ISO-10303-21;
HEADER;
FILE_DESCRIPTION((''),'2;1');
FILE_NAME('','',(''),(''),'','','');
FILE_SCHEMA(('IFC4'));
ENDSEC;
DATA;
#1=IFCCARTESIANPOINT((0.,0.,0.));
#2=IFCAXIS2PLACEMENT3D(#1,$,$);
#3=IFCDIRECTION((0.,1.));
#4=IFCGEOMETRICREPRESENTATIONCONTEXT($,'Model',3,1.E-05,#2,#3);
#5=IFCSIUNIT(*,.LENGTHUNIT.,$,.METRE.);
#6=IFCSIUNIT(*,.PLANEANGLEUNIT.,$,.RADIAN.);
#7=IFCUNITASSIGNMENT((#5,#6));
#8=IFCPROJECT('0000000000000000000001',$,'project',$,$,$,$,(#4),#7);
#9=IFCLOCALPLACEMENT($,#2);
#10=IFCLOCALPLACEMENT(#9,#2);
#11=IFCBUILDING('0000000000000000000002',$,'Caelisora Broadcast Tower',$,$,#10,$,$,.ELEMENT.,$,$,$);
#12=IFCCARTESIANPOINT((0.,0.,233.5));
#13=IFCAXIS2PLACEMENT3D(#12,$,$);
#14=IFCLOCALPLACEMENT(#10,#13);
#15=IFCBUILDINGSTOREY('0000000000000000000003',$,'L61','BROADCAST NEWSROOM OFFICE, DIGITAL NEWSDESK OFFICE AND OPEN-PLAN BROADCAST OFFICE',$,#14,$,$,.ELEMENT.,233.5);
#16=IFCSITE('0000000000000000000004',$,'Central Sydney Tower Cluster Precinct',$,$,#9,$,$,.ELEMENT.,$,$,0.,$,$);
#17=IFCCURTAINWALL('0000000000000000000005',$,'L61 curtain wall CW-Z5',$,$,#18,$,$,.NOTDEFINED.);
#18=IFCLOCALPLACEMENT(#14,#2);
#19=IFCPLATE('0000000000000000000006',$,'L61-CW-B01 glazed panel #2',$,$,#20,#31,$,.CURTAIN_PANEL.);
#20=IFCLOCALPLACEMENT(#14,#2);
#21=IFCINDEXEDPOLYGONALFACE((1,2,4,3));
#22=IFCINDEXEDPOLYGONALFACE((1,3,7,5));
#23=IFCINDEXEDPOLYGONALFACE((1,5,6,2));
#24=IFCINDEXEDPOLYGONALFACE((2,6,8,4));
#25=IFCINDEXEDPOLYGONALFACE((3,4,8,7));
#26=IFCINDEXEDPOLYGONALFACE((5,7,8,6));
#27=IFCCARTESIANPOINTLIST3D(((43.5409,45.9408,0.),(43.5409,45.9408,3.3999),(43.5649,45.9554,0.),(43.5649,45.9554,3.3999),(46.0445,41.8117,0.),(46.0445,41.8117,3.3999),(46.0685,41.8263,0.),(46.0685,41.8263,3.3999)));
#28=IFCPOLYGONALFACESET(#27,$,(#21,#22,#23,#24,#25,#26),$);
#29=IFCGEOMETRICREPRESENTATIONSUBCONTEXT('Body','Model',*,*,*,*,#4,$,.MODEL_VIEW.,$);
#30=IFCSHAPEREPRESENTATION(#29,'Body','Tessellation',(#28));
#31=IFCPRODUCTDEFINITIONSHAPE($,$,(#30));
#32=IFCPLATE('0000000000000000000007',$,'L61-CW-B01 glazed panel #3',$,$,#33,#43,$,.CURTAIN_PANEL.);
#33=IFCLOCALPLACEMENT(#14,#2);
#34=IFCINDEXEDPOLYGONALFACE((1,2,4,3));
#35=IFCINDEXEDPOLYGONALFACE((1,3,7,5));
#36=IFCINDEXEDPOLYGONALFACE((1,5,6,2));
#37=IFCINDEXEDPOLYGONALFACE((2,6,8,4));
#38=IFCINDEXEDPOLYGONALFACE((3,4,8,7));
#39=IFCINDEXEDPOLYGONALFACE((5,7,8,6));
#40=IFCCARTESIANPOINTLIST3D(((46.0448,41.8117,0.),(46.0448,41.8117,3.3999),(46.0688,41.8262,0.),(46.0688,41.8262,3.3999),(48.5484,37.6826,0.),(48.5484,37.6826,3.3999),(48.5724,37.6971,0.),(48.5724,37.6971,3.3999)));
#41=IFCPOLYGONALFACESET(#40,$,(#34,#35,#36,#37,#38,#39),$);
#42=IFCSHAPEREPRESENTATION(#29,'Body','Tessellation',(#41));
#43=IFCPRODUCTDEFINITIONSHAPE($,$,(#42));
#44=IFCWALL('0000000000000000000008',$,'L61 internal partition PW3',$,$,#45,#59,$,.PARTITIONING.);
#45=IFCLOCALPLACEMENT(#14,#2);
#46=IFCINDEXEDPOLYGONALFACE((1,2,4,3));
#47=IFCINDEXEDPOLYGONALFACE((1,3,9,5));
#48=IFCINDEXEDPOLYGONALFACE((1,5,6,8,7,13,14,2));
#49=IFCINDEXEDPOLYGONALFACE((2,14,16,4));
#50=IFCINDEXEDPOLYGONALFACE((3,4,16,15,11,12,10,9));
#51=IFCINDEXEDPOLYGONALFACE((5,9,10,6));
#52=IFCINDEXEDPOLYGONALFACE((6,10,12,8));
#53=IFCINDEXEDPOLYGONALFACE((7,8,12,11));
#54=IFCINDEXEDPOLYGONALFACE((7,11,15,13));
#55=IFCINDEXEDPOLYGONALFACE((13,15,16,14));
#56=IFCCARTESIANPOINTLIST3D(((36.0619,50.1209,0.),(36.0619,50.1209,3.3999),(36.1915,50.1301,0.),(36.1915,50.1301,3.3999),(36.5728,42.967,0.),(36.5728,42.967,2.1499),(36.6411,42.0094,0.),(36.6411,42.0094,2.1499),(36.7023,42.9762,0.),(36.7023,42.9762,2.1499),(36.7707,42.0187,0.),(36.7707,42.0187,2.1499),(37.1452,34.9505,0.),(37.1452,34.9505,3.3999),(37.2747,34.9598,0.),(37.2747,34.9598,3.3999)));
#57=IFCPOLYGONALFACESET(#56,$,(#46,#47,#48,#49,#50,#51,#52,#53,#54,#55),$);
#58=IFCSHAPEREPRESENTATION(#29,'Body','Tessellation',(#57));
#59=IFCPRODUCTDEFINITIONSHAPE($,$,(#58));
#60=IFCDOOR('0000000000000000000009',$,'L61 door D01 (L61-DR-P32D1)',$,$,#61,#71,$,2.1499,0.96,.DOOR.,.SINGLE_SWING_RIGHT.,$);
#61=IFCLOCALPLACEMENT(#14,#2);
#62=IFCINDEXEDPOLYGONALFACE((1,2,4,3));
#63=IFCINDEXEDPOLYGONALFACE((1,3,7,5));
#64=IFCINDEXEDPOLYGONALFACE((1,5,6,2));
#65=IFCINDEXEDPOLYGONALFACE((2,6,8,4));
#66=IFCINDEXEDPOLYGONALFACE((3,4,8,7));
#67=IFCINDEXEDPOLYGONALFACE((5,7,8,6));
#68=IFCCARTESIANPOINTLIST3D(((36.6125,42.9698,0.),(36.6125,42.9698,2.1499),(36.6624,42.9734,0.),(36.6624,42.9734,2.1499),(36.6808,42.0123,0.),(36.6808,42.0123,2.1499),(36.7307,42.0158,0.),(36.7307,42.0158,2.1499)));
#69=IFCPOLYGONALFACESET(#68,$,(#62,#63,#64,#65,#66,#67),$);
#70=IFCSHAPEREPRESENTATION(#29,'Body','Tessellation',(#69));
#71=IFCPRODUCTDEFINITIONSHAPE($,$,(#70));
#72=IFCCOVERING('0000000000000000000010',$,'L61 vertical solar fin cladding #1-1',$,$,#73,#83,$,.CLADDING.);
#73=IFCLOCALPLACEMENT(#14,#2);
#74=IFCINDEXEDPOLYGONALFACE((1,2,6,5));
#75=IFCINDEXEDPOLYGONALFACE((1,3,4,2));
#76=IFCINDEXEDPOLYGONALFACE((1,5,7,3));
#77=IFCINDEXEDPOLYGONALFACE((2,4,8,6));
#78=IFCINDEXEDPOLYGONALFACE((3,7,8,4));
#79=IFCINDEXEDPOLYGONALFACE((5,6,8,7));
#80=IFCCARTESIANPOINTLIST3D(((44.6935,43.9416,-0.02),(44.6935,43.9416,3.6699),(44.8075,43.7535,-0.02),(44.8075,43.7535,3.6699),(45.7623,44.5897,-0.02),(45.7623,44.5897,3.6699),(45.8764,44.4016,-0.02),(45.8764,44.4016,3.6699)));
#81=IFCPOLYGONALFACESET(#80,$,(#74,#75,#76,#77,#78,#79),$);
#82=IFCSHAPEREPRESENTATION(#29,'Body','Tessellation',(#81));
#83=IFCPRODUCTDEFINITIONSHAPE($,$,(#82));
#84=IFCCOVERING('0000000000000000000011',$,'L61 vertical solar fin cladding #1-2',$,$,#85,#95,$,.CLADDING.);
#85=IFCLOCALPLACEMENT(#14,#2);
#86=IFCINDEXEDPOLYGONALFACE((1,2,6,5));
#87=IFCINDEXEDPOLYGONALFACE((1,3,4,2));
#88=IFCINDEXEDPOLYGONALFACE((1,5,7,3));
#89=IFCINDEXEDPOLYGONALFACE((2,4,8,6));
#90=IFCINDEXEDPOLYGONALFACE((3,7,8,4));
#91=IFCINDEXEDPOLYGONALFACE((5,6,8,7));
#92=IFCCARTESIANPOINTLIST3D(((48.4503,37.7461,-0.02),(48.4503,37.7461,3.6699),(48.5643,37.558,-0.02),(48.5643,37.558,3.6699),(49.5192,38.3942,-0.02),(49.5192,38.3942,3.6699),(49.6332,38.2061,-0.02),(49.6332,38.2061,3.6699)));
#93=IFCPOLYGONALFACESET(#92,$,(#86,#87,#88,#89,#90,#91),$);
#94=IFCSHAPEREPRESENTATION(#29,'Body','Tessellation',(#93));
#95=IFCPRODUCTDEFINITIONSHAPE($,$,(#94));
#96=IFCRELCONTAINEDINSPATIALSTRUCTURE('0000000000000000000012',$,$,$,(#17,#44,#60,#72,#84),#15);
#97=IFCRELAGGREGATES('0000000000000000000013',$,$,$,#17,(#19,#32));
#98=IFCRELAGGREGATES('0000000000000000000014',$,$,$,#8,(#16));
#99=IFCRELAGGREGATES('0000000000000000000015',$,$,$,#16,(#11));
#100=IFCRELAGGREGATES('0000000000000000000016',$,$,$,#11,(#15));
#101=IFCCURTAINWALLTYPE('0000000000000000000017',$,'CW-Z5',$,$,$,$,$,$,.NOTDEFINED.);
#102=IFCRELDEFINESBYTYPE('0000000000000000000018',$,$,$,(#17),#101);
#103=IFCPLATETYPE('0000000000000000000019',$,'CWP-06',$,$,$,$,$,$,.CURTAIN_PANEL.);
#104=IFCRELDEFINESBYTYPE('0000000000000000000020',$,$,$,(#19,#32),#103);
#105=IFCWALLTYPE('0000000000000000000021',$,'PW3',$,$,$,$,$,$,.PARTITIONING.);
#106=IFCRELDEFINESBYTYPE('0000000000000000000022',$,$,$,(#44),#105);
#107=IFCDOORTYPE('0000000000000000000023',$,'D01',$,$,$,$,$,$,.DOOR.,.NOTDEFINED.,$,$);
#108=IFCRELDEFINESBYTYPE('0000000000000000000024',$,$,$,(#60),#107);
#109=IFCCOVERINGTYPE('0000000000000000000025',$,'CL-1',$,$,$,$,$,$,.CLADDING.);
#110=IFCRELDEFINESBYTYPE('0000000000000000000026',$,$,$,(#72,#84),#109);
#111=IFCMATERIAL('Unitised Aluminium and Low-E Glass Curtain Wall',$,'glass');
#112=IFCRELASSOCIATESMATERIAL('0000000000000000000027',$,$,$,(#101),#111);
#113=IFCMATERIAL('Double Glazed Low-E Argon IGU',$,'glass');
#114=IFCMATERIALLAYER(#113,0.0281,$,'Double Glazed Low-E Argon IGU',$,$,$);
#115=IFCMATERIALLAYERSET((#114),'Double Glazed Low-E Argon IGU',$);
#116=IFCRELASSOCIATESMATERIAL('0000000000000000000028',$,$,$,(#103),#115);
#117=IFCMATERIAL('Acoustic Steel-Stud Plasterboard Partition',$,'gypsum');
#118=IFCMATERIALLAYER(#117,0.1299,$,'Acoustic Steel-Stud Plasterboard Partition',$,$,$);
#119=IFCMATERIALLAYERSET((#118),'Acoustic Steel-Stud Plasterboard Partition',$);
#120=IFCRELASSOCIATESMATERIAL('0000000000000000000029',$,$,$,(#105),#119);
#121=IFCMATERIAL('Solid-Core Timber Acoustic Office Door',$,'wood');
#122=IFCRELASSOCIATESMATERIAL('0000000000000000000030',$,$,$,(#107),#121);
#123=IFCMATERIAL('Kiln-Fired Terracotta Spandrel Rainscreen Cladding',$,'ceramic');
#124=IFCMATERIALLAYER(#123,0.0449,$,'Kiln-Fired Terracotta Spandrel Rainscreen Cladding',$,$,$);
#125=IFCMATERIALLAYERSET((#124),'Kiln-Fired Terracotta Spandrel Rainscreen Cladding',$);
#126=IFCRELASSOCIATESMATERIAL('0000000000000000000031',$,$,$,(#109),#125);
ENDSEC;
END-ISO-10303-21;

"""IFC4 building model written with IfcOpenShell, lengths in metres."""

from ifc_helpers import new_model, si_unit, direction, frame, frame_2d, origin, origin_2d, place, context, subcontext, project, spatial, rectangle, extrude, source, transform, mapped, material, layer, layer_set, type_object, type_shapes, element, fill, aggregate, save


model = new_model("IFC4")

# Units and contexts
model_context = context("Model", 3, precision=1e-05, world=origin(), true_north=direction((0.0, 1.0)))
body_context = subcontext(model_context, "Body", "Model", "MODEL_VIEW")
ifc_project = project(units=[si_unit("LENGTHUNIT", "METRE"), si_unit("PLANEANGLEUNIT", "RADIAN")], contexts=[model_context])

# Site, building, storey
site_placement = place(None, origin())
site = spatial("IfcSite", under=ifc_project, at=site_placement, Name="Central Sydney Tower Cluster Precinct", CompositionType="ELEMENT", RefElevation=0.0)
building_placement = place(site_placement, origin())
building = spatial("IfcBuilding", under=site, at=building_placement, Name="Caelisora Broadcast Tower", CompositionType="ELEMENT")
storey_placement = place(building_placement, frame((0.0, 0.0, 233.5)))
storey = spatial("IfcBuildingStorey", under=building, at=storey_placement, Name="L61", Description="BROADCAST NEWSROOM OFFICE, DIGITAL NEWSDESK OFFICE AND OPEN-PLAN BROADCAST OFFICE", CompositionType="ELEMENT", Elevation=233.5)

# Curtain wall
ifc_material_1 = material(Name="Unitised Aluminium and Low-E Glass Curtain Wall", Category="glass")
curtain_wall_type_1 = type_object("IfcCurtainWallType", Name="CW-Z5", PredefinedType="NOTDEFINED", material=ifc_material_1)
curtain_wall_1_placement = place(storey_placement, origin())
curtain_wall_1 = element("IfcCurtainWall", 1, at=curtain_wall_1_placement, inside=storey, type_object=curtain_wall_type_1, Name="L61 curtain wall CW-Z5", PredefinedType="NOTDEFINED")

# Plates
ifc_material_2 = material(Name="Double Glazed Low-E Argon IGU", Category="glass")
ifc_layer_1 = layer(ifc_material_2, 0.0281, Name="Double Glazed Low-E Argon IGU")
ifc_layer_set_1 = layer_set([ifc_layer_1], Name="Double Glazed Low-E Argon IGU")
plate_type_1 = type_object("IfcPlateType", Name="CWP-06", PredefinedType="CURTAIN_PANEL", material=ifc_layer_set_1)
shared_shape_1 = source(origin(), body_context, "Body", "SweptSolid", [
    extrude(rectangle(XDim=4.8289, YDim=0.0281, at=origin_2d()), origin(), (0.0, 0.0, 1.0), 3.3999),
])
type_shapes(plate_type_1, [shared_shape_1])
plate_1_placement = place(storey_placement, frame((44.8047, 43.8835, 0.0), z_axis=(0.0, 0.0, 1.0), x_axis=(0.518475, -0.855093, 0.0)))
plate_1 = element("IfcPlate", 2, at=plate_1_placement, type_object=plate_type_1, Name="L61-CW-B01 glazed panel #2", PredefinedType="CURTAIN_PANEL", context=body_context, shape_type="MappedRepresentation", body=[
    mapped(shared_shape_1, transform((0.0, 0.0, 0.0), scale=1.0)),
])
plate_2_placement = place(storey_placement, frame((47.3086, 39.7544, 0.0), z_axis=(0.0, 0.0, 1.0), x_axis=(0.518475, -0.855093, 0.0)))
plate_2 = element("IfcPlate", 3, at=plate_2_placement, type_object=plate_type_1, Name="L61-CW-B01 glazed panel #3", PredefinedType="CURTAIN_PANEL", context=body_context, shape_type="MappedRepresentation", body=[
    mapped(shared_shape_1, transform((0.0, 0.0, 0.0), scale=1.0)),
])
aggregate(curtain_wall_1, [plate_1, plate_2])

# Wall, opening, door
ifc_material_3 = material(Name="Acoustic Steel-Stud Plasterboard Partition", Category="gypsum")
ifc_layer_2 = layer(ifc_material_3, 0.1299, Name="Acoustic Steel-Stud Plasterboard Partition")
ifc_layer_set_2 = layer_set([ifc_layer_2], Name="Acoustic Steel-Stud Plasterboard Partition")
wall_type = type_object("IfcWallType", Name="PW3", PredefinedType="PARTITIONING", material=ifc_layer_set_2)
wall_placement = place(storey_placement, frame((36.1267, 50.1255, 0.0), z_axis=(0.0, 0.0, 1.0), x_axis=(0.071224, -0.99746, 0.0)))
wall = element("IfcWall", 4, at=wall_placement, inside=storey, type_object=wall_type, Name="L61 internal partition PW3", PredefinedType="PARTITIONING", context=body_context, shape_type="SweptSolid", body=[
    extrude(rectangle(XDim=15.209, YDim=0.1299, at=frame_2d((7.6045, 0.0))), origin(), (0.0, 0.0, 1.0), 3.3999),
])
opening_placement = place(wall_placement, frame((7.1721, 0.0, 0.0)))
opening = element("IfcOpeningElement", 5, at=opening_placement, cuts=wall, PredefinedType="OPENING", context=body_context, shape_type="SweptSolid", body=[
    extrude(rectangle(XDim=0.96, YDim=2.1499, at=frame_2d((0.48, 1.075))), frame((0.0, 0.0769, 0.0), z_axis=(0.0, -1.0, 0.0), x_axis=(1.0, 0.0, 0.0)), (0.0, 0.0, 1.0), 0.1538),
])
ifc_material_4 = material(Name="Solid-Core Timber Acoustic Office Door", Category="wood")
door_type = type_object("IfcDoorType", Name="D01", OperationType="NOTDEFINED", PredefinedType="DOOR", material=ifc_material_4)
door_placement = place(opening_placement, origin())
door = element("IfcDoor", 6, at=door_placement, inside=storey, type_object=door_type, Name="L61 door D01 (L61-DR-P32D1)", OperationType="SINGLE_SWING_RIGHT", OverallHeight=2.1499, OverallWidth=0.96, PredefinedType="DOOR", context=body_context, shape_type="SweptSolid", body=[
    extrude(rectangle(XDim=0.96, YDim=2.1499, at=frame_2d((0.48, 1.075))), frame((0.0, 0.0249, 0.0), z_axis=(0.0, -1.0, 0.0), x_axis=(1.0, 0.0, 0.0)), (0.0, 0.0, 1.0), 0.05),
])
fill(opening, door)

# Coverings
ifc_material_5 = material(Name="Kiln-Fired Terracotta Spandrel Rainscreen Cladding", Category="ceramic")
ifc_layer_3 = layer(ifc_material_5, 0.0449, Name="Kiln-Fired Terracotta Spandrel Rainscreen Cladding")
ifc_layer_set_3 = layer_set([ifc_layer_3], Name="Kiln-Fired Terracotta Spandrel Rainscreen Cladding")
covering_type = type_object("IfcCoveringType", Name="CL-1", PredefinedType="CLADDING", material=ifc_layer_set_3)
shared_shape_2 = source(origin(), body_context, "Body", "SweptSolid", [
    extrude(rectangle(XDim=0.22, YDim=1.25, at=origin_2d()), origin(), (0.0, 0.0, 1.0), 3.6899),
])
type_shapes(covering_type, [shared_shape_2])
for number, where, z_axis, x_axis, name in (
    (7, (45.2849, 44.1716, -0.02), (0.0, 0.0, 1.0), (0.518475, -0.855093, 0.0), "L61 vertical solar fin cladding #1-1"),
    (8, (49.0417, 37.9761, -0.02), (0.0, 0.0, 1.0), (0.518475, -0.855093, 0.0), "L61 vertical solar fin cladding #1-2"),
):
    element("IfcCovering", number, at=place(storey_placement, frame(where, z_axis=z_axis, x_axis=x_axis)), inside=storey, type_object=covering_type, Name=name, PredefinedType="CLADDING", context=body_context, shape_type="MappedRepresentation", body=[
        mapped(shared_shape_2, transform((0.0, 0.0, 0.0), scale=1.0)),
    ])

save(model, "model.ifc")
